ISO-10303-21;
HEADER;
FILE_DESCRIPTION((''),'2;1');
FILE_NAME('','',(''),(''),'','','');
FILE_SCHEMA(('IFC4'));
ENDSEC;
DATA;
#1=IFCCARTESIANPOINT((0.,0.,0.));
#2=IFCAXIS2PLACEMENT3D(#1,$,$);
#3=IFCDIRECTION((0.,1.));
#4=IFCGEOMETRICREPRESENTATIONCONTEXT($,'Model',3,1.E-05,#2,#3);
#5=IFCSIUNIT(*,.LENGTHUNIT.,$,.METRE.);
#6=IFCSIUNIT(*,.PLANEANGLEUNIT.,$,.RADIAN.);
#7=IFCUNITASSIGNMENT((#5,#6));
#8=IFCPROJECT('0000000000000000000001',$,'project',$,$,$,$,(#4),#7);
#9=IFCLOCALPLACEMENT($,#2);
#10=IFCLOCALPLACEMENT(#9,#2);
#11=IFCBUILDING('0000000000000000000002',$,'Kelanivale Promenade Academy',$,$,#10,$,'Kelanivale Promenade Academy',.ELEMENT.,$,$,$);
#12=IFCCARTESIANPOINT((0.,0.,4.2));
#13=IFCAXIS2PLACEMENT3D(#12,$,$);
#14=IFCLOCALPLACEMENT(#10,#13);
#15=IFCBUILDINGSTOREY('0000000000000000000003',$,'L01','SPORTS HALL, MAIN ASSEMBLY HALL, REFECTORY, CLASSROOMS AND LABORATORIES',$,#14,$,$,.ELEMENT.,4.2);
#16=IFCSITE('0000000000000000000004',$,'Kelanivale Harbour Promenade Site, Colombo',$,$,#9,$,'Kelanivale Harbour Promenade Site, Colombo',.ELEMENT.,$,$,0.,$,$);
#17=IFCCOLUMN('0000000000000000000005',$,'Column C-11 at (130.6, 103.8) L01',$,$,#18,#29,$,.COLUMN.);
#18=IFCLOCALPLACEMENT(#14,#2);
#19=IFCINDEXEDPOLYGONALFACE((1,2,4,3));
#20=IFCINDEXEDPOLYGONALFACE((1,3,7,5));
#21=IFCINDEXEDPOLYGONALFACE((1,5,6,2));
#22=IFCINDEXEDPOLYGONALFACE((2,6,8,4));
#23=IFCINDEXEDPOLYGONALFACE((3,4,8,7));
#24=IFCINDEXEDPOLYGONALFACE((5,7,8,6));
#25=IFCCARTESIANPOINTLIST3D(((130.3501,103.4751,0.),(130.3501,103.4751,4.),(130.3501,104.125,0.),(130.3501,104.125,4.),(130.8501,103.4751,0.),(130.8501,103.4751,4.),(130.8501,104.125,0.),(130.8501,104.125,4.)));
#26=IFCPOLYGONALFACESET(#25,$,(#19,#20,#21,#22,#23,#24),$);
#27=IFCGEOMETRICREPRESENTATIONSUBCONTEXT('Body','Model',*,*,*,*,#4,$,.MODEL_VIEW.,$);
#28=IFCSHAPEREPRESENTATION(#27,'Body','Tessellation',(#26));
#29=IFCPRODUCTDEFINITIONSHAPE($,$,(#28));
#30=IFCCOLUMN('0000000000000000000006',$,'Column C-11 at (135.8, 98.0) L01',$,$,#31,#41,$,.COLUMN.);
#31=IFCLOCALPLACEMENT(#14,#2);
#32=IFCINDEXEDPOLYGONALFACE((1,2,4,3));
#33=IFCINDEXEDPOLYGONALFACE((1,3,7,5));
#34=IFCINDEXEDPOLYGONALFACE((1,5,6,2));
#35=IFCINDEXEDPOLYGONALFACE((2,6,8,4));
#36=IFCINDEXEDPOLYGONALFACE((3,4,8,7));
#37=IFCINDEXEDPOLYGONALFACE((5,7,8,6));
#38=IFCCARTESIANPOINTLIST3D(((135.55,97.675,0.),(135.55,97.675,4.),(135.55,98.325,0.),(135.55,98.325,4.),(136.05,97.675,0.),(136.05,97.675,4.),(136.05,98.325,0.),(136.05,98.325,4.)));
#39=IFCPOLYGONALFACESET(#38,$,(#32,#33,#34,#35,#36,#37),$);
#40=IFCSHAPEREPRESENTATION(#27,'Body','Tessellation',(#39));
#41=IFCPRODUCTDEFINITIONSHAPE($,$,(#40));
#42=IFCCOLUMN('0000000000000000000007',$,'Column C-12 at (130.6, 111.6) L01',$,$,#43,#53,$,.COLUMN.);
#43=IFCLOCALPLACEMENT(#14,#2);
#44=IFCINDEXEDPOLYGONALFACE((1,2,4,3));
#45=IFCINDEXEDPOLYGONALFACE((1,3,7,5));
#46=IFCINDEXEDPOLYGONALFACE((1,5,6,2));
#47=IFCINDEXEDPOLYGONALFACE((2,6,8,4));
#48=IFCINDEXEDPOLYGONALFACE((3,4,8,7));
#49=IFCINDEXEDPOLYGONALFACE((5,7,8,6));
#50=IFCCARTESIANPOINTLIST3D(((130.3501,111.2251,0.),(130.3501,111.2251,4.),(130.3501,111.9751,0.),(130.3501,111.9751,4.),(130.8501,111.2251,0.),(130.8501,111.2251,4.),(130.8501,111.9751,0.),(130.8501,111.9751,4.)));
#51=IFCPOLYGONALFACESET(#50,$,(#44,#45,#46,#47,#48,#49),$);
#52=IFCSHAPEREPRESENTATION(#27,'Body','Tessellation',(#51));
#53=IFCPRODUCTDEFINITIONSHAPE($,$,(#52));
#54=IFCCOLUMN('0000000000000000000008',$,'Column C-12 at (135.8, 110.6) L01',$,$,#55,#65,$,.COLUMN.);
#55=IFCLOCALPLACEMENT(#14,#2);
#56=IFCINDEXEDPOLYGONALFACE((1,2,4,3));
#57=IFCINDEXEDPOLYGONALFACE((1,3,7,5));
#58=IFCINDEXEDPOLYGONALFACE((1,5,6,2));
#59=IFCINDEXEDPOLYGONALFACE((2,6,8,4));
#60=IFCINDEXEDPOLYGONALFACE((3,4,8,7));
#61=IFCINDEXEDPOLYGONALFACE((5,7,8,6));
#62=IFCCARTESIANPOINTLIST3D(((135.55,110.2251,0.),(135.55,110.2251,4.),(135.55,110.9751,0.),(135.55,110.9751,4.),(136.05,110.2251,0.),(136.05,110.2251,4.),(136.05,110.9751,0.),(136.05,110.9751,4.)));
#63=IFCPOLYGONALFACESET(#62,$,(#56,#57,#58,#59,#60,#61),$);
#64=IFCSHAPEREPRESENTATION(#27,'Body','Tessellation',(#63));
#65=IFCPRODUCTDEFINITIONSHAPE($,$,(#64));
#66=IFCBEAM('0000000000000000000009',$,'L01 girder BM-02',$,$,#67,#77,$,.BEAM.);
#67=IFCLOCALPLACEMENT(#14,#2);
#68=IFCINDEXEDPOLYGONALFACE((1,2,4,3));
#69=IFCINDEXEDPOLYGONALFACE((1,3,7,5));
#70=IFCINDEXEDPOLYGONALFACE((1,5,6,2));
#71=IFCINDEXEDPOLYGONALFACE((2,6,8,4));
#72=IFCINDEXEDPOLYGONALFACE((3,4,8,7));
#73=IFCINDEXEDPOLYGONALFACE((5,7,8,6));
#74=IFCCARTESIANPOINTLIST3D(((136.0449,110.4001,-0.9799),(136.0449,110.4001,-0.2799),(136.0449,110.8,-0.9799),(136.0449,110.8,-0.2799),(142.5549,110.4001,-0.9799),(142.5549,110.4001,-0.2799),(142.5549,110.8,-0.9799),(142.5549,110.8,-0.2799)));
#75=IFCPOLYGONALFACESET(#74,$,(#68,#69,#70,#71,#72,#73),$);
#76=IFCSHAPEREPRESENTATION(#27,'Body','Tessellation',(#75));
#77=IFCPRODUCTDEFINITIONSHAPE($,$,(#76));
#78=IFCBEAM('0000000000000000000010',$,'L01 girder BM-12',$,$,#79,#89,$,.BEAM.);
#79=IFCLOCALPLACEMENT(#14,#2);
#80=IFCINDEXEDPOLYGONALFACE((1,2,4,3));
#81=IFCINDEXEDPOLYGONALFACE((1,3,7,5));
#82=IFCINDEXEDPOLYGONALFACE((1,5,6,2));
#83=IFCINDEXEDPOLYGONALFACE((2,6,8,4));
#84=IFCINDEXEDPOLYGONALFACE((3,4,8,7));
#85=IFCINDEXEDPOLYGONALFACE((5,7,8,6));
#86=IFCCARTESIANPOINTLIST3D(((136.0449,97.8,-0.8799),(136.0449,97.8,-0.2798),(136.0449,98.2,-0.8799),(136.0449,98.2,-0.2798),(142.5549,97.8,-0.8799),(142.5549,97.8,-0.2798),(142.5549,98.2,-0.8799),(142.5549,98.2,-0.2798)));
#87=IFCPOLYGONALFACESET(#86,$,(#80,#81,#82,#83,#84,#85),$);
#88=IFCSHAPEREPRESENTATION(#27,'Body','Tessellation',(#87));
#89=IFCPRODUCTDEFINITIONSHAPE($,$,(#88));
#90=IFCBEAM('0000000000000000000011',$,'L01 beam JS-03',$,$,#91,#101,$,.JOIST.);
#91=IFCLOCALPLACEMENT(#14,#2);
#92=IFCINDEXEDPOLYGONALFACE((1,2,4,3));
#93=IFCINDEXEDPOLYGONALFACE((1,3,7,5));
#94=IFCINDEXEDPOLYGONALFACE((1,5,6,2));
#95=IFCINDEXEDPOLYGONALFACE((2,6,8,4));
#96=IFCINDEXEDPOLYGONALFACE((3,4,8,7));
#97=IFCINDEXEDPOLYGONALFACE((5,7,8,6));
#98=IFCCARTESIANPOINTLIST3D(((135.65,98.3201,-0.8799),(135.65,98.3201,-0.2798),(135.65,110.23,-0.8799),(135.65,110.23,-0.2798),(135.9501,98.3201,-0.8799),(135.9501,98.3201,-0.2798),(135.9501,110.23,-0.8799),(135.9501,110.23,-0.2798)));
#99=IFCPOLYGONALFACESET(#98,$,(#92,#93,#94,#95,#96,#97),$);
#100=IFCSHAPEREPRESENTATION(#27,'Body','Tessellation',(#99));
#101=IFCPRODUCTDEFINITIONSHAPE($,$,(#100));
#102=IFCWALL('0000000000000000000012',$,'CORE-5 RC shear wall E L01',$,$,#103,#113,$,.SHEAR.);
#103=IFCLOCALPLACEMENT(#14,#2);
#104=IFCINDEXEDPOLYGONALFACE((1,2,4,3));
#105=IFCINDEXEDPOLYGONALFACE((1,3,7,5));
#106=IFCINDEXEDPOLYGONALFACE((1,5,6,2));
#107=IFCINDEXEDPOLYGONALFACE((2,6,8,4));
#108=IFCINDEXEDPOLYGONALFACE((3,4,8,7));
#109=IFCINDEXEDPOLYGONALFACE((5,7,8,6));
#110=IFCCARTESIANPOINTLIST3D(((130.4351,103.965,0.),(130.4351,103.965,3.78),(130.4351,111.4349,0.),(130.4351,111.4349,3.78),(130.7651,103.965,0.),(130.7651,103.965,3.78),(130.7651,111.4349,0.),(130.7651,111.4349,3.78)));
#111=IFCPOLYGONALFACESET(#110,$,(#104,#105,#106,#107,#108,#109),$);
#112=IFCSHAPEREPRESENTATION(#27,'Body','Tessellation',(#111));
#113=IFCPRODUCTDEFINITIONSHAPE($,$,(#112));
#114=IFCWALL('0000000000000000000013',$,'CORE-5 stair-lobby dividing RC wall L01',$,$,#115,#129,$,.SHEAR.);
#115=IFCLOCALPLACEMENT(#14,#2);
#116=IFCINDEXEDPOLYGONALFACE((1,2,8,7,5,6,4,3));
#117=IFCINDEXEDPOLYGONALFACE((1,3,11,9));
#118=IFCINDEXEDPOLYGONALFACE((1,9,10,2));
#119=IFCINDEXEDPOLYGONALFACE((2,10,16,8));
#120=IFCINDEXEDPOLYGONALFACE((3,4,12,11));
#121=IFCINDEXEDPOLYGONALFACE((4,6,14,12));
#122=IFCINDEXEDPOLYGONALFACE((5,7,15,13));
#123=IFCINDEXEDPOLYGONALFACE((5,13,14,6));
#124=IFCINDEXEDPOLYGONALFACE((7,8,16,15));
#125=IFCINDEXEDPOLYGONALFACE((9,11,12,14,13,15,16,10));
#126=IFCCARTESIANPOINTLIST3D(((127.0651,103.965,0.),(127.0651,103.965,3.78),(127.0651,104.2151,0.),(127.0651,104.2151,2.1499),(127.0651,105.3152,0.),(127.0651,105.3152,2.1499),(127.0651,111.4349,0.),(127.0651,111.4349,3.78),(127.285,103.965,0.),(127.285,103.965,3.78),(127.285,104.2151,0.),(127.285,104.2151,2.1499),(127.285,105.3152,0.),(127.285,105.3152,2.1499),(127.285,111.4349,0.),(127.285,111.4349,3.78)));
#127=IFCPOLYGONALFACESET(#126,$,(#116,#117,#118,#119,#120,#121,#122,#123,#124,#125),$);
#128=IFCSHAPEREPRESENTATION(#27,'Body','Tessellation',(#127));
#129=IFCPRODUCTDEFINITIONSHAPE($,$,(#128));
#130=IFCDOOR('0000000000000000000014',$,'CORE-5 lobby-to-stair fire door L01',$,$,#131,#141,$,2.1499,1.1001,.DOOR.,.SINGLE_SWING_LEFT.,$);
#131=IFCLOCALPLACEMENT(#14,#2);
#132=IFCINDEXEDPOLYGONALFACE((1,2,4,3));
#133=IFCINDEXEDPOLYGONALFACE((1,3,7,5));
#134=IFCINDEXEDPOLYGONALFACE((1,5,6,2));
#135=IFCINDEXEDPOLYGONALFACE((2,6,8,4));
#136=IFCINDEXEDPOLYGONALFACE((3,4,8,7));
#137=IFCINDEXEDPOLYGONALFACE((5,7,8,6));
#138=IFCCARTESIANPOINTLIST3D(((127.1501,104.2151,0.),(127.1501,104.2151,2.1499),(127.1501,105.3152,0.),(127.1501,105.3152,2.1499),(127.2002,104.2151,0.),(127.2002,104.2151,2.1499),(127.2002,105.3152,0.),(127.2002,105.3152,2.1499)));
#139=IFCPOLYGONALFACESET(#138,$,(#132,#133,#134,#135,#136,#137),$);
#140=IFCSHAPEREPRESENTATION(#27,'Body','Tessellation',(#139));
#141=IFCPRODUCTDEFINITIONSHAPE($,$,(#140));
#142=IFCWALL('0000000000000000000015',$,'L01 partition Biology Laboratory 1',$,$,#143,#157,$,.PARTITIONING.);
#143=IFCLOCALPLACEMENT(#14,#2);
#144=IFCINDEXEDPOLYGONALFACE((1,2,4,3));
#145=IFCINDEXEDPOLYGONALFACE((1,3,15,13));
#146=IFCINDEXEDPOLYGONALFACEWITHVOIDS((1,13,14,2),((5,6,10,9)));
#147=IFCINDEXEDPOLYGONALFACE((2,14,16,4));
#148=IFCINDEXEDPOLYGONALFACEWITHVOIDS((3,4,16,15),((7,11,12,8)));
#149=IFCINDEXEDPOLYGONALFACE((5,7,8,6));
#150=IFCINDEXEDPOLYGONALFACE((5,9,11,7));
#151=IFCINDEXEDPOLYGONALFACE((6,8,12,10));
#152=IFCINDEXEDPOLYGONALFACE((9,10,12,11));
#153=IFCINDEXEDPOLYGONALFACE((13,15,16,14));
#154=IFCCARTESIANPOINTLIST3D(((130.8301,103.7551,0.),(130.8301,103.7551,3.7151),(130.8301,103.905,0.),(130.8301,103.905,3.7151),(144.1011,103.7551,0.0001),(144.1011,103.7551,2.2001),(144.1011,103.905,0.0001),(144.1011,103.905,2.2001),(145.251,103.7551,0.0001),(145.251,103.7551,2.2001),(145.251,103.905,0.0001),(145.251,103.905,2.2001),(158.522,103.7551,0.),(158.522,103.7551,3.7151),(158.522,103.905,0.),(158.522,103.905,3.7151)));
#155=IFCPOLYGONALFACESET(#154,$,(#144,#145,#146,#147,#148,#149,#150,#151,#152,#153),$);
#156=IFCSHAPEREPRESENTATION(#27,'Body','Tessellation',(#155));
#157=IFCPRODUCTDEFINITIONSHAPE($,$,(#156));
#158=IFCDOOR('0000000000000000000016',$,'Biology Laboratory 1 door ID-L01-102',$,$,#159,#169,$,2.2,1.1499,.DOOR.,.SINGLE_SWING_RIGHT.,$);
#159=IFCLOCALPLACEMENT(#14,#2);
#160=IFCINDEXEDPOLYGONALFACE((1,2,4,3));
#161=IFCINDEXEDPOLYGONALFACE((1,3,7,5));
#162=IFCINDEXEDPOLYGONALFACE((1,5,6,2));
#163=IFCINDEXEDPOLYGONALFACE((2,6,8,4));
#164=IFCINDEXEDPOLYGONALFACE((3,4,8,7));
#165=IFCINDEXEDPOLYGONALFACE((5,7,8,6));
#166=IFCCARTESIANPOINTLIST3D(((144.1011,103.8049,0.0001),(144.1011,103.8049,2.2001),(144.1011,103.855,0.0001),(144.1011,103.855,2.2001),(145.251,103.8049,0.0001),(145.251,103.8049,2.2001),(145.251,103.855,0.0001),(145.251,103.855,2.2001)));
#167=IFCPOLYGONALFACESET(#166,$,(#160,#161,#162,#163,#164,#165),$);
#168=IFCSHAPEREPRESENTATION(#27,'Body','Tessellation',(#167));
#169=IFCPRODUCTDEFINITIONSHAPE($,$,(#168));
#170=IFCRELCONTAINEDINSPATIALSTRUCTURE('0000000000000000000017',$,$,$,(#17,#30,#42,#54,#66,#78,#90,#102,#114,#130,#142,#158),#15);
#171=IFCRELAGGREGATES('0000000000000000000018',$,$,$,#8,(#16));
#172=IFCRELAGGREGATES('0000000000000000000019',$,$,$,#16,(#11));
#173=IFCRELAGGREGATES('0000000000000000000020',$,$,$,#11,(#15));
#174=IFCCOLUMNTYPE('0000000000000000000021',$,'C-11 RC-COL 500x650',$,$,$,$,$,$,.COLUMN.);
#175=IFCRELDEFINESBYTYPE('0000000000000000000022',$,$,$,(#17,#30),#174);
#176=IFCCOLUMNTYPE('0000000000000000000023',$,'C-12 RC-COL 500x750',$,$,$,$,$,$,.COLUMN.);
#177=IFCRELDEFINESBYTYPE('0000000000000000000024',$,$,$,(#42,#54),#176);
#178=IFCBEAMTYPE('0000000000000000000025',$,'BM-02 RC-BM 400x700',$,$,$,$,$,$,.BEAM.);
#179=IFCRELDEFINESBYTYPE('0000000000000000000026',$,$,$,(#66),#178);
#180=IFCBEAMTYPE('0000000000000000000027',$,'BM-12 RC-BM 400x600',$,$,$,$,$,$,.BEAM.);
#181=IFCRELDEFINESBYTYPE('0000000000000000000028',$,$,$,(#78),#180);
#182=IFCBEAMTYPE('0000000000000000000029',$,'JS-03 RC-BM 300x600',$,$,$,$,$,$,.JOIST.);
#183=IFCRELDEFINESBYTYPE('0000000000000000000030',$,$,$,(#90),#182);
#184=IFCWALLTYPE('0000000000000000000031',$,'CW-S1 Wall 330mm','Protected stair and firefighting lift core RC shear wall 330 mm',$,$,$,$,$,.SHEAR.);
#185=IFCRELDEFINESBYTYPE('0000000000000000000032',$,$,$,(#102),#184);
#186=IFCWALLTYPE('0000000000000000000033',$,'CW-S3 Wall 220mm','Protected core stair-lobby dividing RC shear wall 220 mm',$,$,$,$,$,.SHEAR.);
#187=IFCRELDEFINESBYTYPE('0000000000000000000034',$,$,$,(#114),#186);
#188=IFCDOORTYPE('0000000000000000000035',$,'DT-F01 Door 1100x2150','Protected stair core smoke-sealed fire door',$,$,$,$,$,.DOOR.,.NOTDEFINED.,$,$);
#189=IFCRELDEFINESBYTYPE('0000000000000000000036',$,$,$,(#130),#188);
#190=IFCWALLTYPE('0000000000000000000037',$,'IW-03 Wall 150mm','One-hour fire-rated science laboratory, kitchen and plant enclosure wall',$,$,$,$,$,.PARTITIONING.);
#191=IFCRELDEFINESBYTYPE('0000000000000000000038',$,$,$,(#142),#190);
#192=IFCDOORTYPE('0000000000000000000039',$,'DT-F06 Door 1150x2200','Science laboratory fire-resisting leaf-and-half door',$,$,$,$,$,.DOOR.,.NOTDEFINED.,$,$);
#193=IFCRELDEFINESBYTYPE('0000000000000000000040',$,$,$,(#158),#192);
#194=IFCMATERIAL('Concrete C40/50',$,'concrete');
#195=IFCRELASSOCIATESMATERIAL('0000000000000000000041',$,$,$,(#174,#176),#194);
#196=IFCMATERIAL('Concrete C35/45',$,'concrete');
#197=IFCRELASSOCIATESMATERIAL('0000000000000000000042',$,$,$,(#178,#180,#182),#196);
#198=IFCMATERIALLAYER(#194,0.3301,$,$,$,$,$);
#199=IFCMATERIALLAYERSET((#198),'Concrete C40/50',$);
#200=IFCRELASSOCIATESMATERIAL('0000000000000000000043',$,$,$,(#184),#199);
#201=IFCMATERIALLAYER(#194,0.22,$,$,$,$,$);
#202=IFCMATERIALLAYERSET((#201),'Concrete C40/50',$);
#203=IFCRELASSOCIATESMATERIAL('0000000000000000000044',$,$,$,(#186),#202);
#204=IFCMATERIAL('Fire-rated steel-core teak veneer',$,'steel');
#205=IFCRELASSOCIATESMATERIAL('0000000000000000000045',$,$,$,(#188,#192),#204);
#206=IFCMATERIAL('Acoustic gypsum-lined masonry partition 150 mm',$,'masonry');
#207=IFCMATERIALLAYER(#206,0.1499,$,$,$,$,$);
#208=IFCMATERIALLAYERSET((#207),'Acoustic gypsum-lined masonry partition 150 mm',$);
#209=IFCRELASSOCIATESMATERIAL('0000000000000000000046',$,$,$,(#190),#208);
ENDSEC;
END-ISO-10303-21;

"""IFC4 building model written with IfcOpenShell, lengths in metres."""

from ifc_helpers import new_model, si_unit, direction, frame, frame_2d, origin, origin_2d, place, context, subcontext, project, spatial, rectangle, extrude, material, layer, layer_set, material_profile, profile_set, type_object, element, fill, save


model = new_model("IFC4")

# Units and contexts
model_context = context("Model", 3, precision=1e-05, world=origin(), true_north=direction((0.0, 1.0)))
body_context = subcontext(model_context, "Body", "Model", "MODEL_VIEW")
ifc_project = project(units=[si_unit("LENGTHUNIT", "METRE"), si_unit("PLANEANGLEUNIT", "RADIAN")], contexts=[model_context])

# Site, building, storey
site_placement = place(None, origin())
site = spatial("IfcSite", under=ifc_project, at=site_placement, Name="Kelanivale Harbour Promenade Site, Colombo", LongName="Kelanivale Harbour Promenade Site, Colombo", CompositionType="ELEMENT", RefElevation=0.0)
building_placement = place(site_placement, origin())
building = spatial("IfcBuilding", under=site, at=building_placement, Name="Kelanivale Promenade Academy", LongName="Kelanivale Promenade Academy", CompositionType="ELEMENT")
storey_placement = place(building_placement, frame((0.0, 0.0, 4.2)))
storey = spatial("IfcBuildingStorey", under=building, at=storey_placement, Name="L01", Description="SPORTS HALL, MAIN ASSEMBLY HALL, REFECTORY, CLASSROOMS AND LABORATORIES", CompositionType="ELEMENT", Elevation=4.2)

# Columns
ifc_material_1 = material(Name="Concrete C40/50", Category="concrete")
ifc_material_profile_1 = material_profile(ifc_material_1, rectangle(XDim=0.5, YDim=0.6499, at=origin_2d()), Name="RC-COL 500x650")
ifc_profile_set_1 = profile_set([ifc_material_profile_1], Name="Concrete C40/50")
column_type_1 = type_object("IfcColumnType", Name="C-11 RC-COL 500x650", PredefinedType="COLUMN", material=ifc_profile_set_1)
for number, where, z_axis, x_axis, name in (
    (1, (130.6001, 103.8, 0.0), (0.0, 0.0, 1.0), (1.0, 0.0, 0.0), "Column C-11 at (130.6, 103.8) L01"),
    (2, (135.8, 98.0, 0.0), (0.0, 0.0, 1.0), (1.0, 0.0, 0.0), "Column C-11 at (135.8, 98.0) L01"),
):
    element("IfcColumn", number, at=place(storey_placement, frame(where, z_axis=z_axis, x_axis=x_axis)), inside=storey, type_object=column_type_1, Name=name, PredefinedType="COLUMN", context=body_context, shape_type="SweptSolid", body=[
        extrude(rectangle(XDim=0.5, YDim=0.6499, at=origin_2d()), origin(), (0.0, 0.0, 1.0), 4.0),
    ])
ifc_material_profile_2 = material_profile(ifc_material_1, rectangle(XDim=0.5, YDim=0.75, at=origin_2d()), Name="RC-COL 500x750")
ifc_profile_set_2 = profile_set([ifc_material_profile_2], Name="Concrete C40/50")
column_type_2 = type_object("IfcColumnType", Name="C-12 RC-COL 500x750", PredefinedType="COLUMN", material=ifc_profile_set_2)
for number, where, z_axis, x_axis, name in (
    (3, (130.6001, 111.6001, 0.0), (0.0, 0.0, 1.0), (1.0, 0.0, 0.0), "Column C-12 at (130.6, 111.6) L01"),
    (4, (135.8, 110.6001, 0.0), (0.0, 0.0, 1.0), (1.0, 0.0, 0.0), "Column C-12 at (135.8, 110.6) L01"),
):
    element("IfcColumn", number, at=place(storey_placement, frame(where, z_axis=z_axis, x_axis=x_axis)), inside=storey, type_object=column_type_2, Name=name, PredefinedType="COLUMN", context=body_context, shape_type="SweptSolid", body=[
        extrude(rectangle(XDim=0.5, YDim=0.75, at=origin_2d()), origin(), (0.0, 0.0, 1.0), 4.0),
    ])

# Beams
ifc_material_2 = material(Name="Concrete C35/45", Category="concrete")
ifc_material_profile_3 = material_profile(ifc_material_2, rectangle(XDim=0.3999, YDim=0.7, at=origin_2d()), Name="RC-BM 400x700")
ifc_profile_set_3 = profile_set([ifc_material_profile_3], Name="Concrete C35/45")
beam_type_1 = type_object("IfcBeamType", Name="BM-02 RC-BM 400x700", PredefinedType="BEAM", material=ifc_profile_set_3)
beam_1_placement = place(storey_placement, frame((136.0449, 110.6001, -0.6299), z_axis=(1.0, 0.0, 0.0), x_axis=(0.0, 1.0, 0.0)))
element("IfcBeam", 5, at=beam_1_placement, inside=storey, type_object=beam_type_1, Name="L01 girder BM-02", PredefinedType="BEAM", context=body_context, shape_type="SweptSolid", body=[
    extrude(rectangle(XDim=0.3999, YDim=0.7, at=origin_2d()), origin(), (0.0, 0.0, 1.0), 6.51),
])
ifc_material_profile_4 = material_profile(ifc_material_2, rectangle(XDim=0.3999, YDim=0.6001, at=origin_2d()), Name="RC-BM 400x600")
ifc_profile_set_4 = profile_set([ifc_material_profile_4], Name="Concrete C35/45")
beam_type_2 = type_object("IfcBeamType", Name="BM-12 RC-BM 400x600", PredefinedType="BEAM", material=ifc_profile_set_4)
beam_2_placement = place(storey_placement, frame((136.0449, 98.0, -0.5798), z_axis=(1.0, 0.0, 0.0), x_axis=(0.0, 1.0, 0.0)))
element("IfcBeam", 6, at=beam_2_placement, inside=storey, type_object=beam_type_2, Name="L01 girder BM-12", PredefinedType="BEAM", context=body_context, shape_type="SweptSolid", body=[
    extrude(rectangle(XDim=0.3999, YDim=0.6001, at=origin_2d()), origin(), (0.0, 0.0, 1.0), 6.51),
])
ifc_material_profile_5 = material_profile(ifc_material_2, rectangle(XDim=0.3, YDim=0.6001, at=origin_2d()), Name="RC-BM 300x600")
ifc_profile_set_5 = profile_set([ifc_material_profile_5], Name="Concrete C35/45")
beam_type_3 = type_object("IfcBeamType", Name="JS-03 RC-BM 300x600", PredefinedType="JOIST", material=ifc_profile_set_5)
beam_3_placement = place(storey_placement, frame((135.8, 98.3201, -0.5798), z_axis=(0.0, 1.0, 0.0), x_axis=(-1.0, 0.0, 0.0)))
element("IfcBeam", 7, at=beam_3_placement, inside=storey, type_object=beam_type_3, Name="L01 beam JS-03", PredefinedType="JOIST", context=body_context, shape_type="SweptSolid", body=[
    extrude(rectangle(XDim=0.3, YDim=0.6001, at=origin_2d()), origin(), (0.0, 0.0, 1.0), 11.9099),
])

# Wall
ifc_layer_1 = layer(ifc_material_1, 0.3301)
ifc_layer_set_1 = layer_set([ifc_layer_1], Name="Concrete C40/50")
wall_type_1 = type_object("IfcWallType", Name="CW-S1 Wall 330mm", Description="Protected stair and firefighting lift core RC shear wall 330 mm", PredefinedType="SHEAR", material=ifc_layer_set_1)
wall_1_placement = place(storey_placement, frame((130.6001, 103.9651, 0.0), z_axis=(0.0, 0.0, 1.0), x_axis=(0.0, 1.0, 0.0)))
element("IfcWall", 8, at=wall_1_placement, inside=storey, type_object=wall_type_1, Name="CORE-5 RC shear wall E L01", PredefinedType="SHEAR", context=body_context, shape_type="SweptSolid", body=[
    extrude(rectangle(XDim=7.47, YDim=0.3301, at=frame_2d((3.7349, 0.0))), origin(), (0.0, 0.0, 1.0), 3.78),
])

# Shared definitions
ifc_material_3 = material(Name="Fire-rated steel-core teak veneer", Category="steel")

# Walls, openings, doors
ifc_layer_2 = layer(ifc_material_1, 0.22)
ifc_layer_set_2 = layer_set([ifc_layer_2], Name="Concrete C40/50")
wall_type_2 = type_object("IfcWallType", Name="CW-S3 Wall 220mm", Description="Protected core stair-lobby dividing RC shear wall 220 mm", PredefinedType="SHEAR", material=ifc_layer_set_2)
wall_2_placement = place(storey_placement, frame((127.175, 103.9651, 0.0), z_axis=(0.0, 0.0, 1.0), x_axis=(0.0, 1.0, 0.0)))
wall_2 = element("IfcWall", 9, at=wall_2_placement, inside=storey, type_object=wall_type_2, Name="CORE-5 stair-lobby dividing RC wall L01", PredefinedType="SHEAR", context=body_context, shape_type="SweptSolid", body=[
    extrude(rectangle(XDim=7.47, YDim=0.22, at=frame_2d((3.7349, 0.0))), origin(), (0.0, 0.0, 1.0), 3.78),
])
opening_1_placement = place(wall_2_placement, frame((0.25, 0.0, 0.0)))
opening_1 = element("IfcOpeningElement", 10, at=opening_1_placement, cuts=wall_2, PredefinedType="OPENING", context=body_context, shape_type="SweptSolid", body=[
    extrude(rectangle(XDim=1.1001, YDim=2.1499, at=frame_2d((0.55, 1.075))), frame((0.0, 0.1201, 0.0), z_axis=(0.0, -1.0, 0.0), x_axis=(1.0, 0.0, 0.0)), (0.0, 0.0, 1.0), 0.24),
])
door_type_1 = type_object("IfcDoorType", Name="DT-F01 Door 1100x2150", Description="Protected stair core smoke-sealed fire door", OperationType="NOTDEFINED", PredefinedType="DOOR", material=ifc_material_3)
door_1_placement = place(opening_1_placement, origin())
door_1 = element("IfcDoor", 11, at=door_1_placement, inside=storey, type_object=door_type_1, Name="CORE-5 lobby-to-stair fire door L01", OperationType="SINGLE_SWING_LEFT", OverallHeight=2.1499, OverallWidth=1.1001, PredefinedType="DOOR", context=body_context, shape_type="SweptSolid", body=[
    extrude(rectangle(XDim=1.1001, YDim=2.1499, at=frame_2d((0.55, 1.075))), frame((0.0, 0.0249, 0.0), z_axis=(0.0, -1.0, 0.0), x_axis=(1.0, 0.0, 0.0)), (0.0, 0.0, 1.0), 0.05),
])
fill(opening_1, door_1)
ifc_material_4 = material(Name="Acoustic gypsum-lined masonry partition 150 mm", Category="masonry")
ifc_layer_3 = layer(ifc_material_4, 0.1499)
ifc_layer_set_3 = layer_set([ifc_layer_3], Name="Acoustic gypsum-lined masonry partition 150 mm")
wall_type_3 = type_object("IfcWallType", Name="IW-03 Wall 150mm", Description="One-hour fire-rated science laboratory, kitchen and plant enclosure wall", PredefinedType="PARTITIONING", material=ifc_layer_set_3)
wall_3_placement = place(storey_placement, frame((130.8301, 103.8301, 0.0), z_axis=(0.0, 0.0, 1.0), x_axis=(1.0, 0.0, 0.0)))
wall_3 = element("IfcWall", 12, at=wall_3_placement, inside=storey, type_object=wall_type_3, Name="L01 partition Biology Laboratory 1", PredefinedType="PARTITIONING", context=body_context, shape_type="SweptSolid", body=[
    extrude(rectangle(XDim=27.6919, YDim=0.1499, at=frame_2d((13.8459, 0.0))), origin(), (0.0, 0.0, 1.0), 3.7151),
])
opening_2_placement = place(wall_3_placement, frame((13.271, 0.0, 0.0)))
opening_2 = element("IfcOpeningElement", 13, at=opening_2_placement, cuts=wall_3, PredefinedType="OPENING", context=body_context, shape_type="SweptSolid", body=[
    extrude(rectangle(XDim=1.1499, YDim=2.2, at=frame_2d((0.575, 1.1001))), frame((0.0, 0.085, 0.0), z_axis=(0.0, -1.0, 0.0), x_axis=(1.0, 0.0, 0.0)), (0.0, 0.0, 1.0), 0.1699),
])
door_type_2 = type_object("IfcDoorType", Name="DT-F06 Door 1150x2200", Description="Science laboratory fire-resisting leaf-and-half door", OperationType="NOTDEFINED", PredefinedType="DOOR", material=ifc_material_3)
door_2_placement = place(opening_2_placement, origin())
door_2 = element("IfcDoor", 14, at=door_2_placement, inside=storey, type_object=door_type_2, Name="Biology Laboratory 1 door ID-L01-102", OperationType="SINGLE_SWING_RIGHT", OverallHeight=2.2, OverallWidth=1.1499, PredefinedType="DOOR", context=body_context, shape_type="SweptSolid", body=[
    extrude(rectangle(XDim=1.1499, YDim=2.2, at=frame_2d((0.575, 1.1001))), frame((0.0, 0.0249, 0.0), z_axis=(0.0, -1.0, 0.0), x_axis=(1.0, 0.0, 0.0)), (0.0, 0.0, 1.0), 0.05),
])
fill(opening_2, door_2)

save(model, "model.ifc")
